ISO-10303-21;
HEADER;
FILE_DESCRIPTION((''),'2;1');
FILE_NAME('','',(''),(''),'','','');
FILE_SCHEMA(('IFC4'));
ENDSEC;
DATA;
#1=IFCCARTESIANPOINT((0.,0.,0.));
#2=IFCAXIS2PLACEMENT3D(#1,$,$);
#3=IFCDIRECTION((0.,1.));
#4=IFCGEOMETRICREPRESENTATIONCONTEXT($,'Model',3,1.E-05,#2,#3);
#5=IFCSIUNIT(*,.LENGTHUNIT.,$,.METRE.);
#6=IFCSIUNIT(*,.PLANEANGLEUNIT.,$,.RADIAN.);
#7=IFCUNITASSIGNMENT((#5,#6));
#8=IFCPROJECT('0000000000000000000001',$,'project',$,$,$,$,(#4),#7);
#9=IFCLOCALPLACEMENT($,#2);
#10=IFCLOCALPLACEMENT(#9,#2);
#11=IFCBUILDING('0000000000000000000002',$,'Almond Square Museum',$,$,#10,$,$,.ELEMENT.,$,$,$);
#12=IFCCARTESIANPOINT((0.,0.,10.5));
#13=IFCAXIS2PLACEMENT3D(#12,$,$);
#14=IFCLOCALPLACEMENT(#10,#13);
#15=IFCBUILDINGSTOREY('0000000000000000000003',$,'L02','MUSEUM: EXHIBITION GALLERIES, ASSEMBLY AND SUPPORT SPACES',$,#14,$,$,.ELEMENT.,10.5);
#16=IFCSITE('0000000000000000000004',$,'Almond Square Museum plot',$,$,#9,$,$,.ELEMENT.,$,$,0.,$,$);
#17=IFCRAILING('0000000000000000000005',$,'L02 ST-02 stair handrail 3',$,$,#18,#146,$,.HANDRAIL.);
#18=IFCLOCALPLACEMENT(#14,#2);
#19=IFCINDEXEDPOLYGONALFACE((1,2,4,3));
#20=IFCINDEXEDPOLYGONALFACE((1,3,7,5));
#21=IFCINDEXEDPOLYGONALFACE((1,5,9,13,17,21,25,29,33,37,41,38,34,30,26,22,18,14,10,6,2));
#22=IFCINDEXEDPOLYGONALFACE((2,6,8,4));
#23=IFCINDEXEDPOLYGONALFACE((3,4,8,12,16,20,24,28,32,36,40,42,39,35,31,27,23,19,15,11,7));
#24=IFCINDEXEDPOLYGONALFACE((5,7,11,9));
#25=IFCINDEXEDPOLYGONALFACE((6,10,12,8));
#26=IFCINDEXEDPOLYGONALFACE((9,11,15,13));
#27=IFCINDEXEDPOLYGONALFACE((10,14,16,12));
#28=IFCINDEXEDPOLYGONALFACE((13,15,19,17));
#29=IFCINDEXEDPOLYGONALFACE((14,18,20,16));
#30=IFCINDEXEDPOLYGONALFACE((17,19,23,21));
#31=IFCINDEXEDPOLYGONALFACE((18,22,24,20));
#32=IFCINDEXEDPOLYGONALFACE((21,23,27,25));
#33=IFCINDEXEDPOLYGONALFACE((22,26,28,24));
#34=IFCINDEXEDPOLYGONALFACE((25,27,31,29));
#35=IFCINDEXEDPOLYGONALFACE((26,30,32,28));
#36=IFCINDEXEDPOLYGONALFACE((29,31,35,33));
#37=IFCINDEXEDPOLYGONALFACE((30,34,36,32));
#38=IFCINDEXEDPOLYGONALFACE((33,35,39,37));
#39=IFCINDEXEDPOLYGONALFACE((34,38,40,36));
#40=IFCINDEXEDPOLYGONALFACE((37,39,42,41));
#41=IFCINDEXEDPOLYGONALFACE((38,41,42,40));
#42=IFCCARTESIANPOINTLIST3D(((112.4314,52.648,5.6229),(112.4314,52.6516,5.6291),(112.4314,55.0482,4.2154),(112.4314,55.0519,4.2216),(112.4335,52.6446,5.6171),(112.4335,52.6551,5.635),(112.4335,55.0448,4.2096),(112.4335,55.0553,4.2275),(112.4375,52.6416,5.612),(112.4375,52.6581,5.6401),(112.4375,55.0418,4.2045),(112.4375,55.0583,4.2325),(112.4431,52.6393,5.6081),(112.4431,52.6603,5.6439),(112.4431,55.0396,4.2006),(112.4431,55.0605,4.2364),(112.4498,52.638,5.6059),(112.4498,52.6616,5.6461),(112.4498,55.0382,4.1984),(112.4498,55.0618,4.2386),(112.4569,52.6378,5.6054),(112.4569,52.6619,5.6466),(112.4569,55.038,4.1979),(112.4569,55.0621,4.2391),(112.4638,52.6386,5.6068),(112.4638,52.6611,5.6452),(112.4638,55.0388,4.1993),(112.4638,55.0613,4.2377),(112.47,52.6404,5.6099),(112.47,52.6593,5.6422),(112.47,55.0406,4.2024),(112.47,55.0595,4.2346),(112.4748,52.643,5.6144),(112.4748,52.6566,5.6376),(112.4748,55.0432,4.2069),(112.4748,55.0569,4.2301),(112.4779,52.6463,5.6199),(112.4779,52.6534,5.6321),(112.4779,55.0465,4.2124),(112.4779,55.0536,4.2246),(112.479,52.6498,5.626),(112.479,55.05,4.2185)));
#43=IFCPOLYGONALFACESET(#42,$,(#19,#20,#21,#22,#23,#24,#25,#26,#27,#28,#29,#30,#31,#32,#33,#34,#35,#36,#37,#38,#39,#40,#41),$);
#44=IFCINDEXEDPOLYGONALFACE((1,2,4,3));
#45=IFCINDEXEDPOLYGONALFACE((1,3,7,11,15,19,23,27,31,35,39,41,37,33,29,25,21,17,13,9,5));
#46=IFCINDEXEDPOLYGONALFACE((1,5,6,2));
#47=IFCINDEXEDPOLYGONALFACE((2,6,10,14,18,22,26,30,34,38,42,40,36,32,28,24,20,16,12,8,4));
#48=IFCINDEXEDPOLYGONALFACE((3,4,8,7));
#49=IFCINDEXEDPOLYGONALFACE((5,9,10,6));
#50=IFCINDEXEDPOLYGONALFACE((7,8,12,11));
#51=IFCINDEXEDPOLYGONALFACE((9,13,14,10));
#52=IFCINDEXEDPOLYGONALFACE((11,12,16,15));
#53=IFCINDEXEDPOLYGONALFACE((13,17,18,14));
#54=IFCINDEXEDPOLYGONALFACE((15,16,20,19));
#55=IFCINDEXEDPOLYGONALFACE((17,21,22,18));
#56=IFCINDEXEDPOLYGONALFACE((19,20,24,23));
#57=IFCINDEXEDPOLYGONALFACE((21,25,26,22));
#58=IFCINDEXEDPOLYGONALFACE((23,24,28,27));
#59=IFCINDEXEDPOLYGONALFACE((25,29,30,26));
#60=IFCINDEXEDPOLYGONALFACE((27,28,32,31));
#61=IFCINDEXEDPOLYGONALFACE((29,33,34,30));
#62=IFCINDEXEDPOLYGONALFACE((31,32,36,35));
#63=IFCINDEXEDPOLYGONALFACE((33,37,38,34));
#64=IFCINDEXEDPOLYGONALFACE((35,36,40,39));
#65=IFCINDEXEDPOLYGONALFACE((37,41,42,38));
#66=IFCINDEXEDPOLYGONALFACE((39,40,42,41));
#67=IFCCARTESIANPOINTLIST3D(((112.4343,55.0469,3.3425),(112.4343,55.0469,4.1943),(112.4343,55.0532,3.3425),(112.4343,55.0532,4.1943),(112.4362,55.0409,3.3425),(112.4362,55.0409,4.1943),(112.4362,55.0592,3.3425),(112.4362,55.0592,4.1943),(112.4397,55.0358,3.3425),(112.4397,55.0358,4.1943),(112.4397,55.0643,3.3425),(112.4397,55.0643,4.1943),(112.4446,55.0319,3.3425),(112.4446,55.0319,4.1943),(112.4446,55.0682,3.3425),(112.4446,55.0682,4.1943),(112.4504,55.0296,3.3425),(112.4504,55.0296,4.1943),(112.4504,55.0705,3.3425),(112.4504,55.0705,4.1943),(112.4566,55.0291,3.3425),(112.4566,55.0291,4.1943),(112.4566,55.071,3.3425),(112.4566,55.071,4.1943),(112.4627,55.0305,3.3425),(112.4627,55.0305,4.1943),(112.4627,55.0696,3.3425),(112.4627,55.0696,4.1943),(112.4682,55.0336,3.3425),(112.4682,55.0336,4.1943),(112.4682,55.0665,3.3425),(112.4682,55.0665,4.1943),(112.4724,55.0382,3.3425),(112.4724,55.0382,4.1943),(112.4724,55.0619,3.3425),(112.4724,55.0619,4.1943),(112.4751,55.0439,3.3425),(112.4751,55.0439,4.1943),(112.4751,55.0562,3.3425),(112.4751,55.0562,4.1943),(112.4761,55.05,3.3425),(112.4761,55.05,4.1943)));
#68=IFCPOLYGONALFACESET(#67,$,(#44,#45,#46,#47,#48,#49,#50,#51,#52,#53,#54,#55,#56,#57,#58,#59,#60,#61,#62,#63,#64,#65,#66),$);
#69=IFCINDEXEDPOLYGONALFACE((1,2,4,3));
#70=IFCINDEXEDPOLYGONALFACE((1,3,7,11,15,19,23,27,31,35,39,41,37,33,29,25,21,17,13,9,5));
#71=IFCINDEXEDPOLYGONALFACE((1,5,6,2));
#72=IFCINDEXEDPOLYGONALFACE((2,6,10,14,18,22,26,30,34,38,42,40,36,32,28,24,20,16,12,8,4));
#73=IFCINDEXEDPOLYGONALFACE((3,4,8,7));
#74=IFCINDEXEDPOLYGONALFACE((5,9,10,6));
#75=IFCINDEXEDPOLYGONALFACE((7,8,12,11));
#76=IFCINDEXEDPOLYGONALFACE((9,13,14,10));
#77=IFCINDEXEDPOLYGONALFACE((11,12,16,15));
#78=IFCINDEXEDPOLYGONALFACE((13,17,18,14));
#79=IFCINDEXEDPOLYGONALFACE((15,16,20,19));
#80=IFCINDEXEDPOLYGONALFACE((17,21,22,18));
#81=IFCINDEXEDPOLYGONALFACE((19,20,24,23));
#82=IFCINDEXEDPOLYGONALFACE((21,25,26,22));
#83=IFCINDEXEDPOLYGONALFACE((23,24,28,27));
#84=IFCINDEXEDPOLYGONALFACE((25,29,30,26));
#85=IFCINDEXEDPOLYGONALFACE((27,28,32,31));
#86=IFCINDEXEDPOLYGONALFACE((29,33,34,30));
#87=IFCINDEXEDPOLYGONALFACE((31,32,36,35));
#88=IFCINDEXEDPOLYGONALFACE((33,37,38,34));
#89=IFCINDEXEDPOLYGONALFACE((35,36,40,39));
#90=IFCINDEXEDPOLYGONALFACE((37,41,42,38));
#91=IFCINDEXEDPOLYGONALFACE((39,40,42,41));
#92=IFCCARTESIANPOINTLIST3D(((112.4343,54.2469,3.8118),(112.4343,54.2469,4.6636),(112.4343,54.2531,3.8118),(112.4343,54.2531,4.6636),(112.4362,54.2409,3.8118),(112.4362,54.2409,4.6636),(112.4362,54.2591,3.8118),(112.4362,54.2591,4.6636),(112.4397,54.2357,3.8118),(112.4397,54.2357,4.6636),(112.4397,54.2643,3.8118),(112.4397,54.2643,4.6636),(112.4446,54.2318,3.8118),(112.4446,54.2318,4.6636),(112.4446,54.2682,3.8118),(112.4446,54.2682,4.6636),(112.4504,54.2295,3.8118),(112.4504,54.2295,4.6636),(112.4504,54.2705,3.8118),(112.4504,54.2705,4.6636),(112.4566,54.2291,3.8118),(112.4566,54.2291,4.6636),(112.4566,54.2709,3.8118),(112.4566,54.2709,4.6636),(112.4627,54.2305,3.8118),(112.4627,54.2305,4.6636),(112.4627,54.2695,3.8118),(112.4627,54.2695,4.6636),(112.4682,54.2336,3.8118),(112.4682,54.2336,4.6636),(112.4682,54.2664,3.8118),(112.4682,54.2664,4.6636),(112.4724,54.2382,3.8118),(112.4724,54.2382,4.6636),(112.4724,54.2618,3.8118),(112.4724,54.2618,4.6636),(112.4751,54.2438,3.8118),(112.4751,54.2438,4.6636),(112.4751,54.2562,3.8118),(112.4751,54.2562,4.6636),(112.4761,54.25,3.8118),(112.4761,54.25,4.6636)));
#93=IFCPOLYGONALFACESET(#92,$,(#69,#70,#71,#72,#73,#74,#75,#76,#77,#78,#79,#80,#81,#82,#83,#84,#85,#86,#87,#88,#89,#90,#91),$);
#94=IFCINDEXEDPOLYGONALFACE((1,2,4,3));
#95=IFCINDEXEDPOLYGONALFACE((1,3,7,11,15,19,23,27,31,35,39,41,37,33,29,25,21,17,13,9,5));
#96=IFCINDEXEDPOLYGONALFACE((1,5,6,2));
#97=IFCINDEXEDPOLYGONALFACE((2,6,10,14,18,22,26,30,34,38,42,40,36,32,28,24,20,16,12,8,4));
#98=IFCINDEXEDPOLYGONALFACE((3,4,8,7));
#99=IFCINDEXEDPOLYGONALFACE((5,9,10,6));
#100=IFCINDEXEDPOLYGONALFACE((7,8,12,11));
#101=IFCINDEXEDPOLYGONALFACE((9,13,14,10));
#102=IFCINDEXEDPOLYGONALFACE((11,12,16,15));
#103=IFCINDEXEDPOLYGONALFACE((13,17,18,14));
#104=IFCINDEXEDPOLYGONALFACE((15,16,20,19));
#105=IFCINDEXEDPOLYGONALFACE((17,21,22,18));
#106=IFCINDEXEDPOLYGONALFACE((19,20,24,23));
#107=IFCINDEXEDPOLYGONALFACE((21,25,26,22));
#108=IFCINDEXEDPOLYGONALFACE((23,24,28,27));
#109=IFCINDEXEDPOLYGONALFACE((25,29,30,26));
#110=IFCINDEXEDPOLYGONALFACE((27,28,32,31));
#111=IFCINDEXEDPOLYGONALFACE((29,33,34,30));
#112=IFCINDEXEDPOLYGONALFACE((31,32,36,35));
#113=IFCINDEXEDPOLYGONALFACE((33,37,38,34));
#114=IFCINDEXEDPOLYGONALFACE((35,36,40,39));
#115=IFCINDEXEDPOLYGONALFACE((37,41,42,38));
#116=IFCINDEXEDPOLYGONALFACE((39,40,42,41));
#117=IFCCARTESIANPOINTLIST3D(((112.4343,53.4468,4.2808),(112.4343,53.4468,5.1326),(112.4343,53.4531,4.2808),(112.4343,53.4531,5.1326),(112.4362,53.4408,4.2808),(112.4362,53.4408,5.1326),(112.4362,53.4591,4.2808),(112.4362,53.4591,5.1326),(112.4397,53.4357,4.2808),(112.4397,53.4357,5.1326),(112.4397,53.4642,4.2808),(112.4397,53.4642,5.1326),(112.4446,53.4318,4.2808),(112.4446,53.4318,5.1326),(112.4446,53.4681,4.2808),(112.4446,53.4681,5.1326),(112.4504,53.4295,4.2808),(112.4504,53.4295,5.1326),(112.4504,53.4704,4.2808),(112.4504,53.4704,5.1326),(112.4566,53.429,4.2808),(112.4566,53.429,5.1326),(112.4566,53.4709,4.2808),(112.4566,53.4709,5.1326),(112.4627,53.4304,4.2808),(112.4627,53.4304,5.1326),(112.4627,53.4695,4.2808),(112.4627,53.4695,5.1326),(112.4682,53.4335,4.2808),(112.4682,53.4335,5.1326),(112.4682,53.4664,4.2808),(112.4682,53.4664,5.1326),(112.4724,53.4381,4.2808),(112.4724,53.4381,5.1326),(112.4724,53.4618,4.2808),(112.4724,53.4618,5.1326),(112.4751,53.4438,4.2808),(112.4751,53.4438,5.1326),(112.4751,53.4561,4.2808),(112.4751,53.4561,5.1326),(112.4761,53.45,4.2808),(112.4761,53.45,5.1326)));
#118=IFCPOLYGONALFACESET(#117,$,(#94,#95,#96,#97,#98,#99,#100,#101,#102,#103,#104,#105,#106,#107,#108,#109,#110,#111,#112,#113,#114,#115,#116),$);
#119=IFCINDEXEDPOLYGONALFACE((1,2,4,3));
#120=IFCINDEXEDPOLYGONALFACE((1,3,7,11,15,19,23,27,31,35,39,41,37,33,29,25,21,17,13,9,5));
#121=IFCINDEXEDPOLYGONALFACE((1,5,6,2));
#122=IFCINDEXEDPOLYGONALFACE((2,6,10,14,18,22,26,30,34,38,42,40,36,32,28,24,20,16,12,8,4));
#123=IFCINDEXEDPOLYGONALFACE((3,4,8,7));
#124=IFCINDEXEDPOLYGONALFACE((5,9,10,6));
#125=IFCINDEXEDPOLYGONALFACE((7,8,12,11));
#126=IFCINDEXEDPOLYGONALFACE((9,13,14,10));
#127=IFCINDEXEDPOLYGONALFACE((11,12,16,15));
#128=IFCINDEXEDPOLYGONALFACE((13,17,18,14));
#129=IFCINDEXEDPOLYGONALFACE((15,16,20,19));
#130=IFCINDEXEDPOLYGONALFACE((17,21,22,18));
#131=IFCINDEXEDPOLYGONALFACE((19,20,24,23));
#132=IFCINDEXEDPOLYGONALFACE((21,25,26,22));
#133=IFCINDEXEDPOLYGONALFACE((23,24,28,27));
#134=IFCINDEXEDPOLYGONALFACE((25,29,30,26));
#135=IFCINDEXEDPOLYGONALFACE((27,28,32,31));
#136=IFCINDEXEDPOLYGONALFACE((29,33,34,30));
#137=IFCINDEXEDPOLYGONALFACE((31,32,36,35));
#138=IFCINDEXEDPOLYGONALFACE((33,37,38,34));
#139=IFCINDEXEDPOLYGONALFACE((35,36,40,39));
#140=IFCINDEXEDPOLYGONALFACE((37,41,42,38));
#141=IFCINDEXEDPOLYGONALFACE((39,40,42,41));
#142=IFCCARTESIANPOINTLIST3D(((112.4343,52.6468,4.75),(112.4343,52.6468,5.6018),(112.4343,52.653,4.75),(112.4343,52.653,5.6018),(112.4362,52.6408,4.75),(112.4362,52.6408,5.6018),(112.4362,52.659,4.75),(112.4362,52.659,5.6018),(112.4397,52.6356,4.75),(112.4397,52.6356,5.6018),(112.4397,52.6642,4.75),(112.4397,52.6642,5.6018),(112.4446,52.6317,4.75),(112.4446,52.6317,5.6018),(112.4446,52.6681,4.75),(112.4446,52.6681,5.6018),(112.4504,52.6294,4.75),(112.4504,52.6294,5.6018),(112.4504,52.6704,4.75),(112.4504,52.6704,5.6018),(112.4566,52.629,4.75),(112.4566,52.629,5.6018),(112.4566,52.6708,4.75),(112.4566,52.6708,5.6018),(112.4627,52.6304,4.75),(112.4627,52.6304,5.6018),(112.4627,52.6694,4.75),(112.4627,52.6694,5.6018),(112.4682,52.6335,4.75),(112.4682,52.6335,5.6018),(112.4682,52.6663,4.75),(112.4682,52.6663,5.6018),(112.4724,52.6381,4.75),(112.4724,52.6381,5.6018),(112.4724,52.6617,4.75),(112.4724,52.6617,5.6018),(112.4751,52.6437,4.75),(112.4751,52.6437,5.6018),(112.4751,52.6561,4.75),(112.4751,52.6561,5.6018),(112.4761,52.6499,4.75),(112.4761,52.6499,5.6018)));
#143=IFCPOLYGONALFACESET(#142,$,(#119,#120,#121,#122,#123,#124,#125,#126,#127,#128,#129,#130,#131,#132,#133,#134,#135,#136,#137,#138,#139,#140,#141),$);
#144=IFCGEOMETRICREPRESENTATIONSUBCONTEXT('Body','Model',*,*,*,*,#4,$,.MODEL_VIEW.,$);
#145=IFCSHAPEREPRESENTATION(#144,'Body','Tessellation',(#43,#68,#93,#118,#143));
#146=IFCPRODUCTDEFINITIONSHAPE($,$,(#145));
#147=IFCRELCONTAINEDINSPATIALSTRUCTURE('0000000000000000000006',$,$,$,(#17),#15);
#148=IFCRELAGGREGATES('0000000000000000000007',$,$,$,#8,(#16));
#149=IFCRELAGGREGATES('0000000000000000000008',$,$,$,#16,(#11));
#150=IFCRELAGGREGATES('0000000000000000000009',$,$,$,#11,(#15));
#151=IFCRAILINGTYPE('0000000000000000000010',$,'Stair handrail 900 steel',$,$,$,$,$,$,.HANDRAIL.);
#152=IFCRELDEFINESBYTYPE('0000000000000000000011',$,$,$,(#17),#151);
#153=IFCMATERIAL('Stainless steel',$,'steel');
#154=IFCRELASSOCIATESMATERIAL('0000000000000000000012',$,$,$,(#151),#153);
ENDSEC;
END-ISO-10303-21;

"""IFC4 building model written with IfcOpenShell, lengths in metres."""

from ifc_helpers import new_model, si_unit, direction, frame, origin, origin_2d, place, context, subcontext, project, spatial, circle, extrude, material, type_object, element, save


model = new_model("IFC4")

# Units and contexts
model_context = context("Model", 3, precision=1e-05, world=origin(), true_north=direction((0.0, 1.0)))
body_context = subcontext(model_context, "Body", "Model", "MODEL_VIEW")
ifc_project = project(units=[si_unit("LENGTHUNIT", "METRE"), si_unit("PLANEANGLEUNIT", "RADIAN")], contexts=[model_context])

# Site, building, storey
site_placement = place(None, origin())
site = spatial("IfcSite", under=ifc_project, at=site_placement, Name="Almond Square Museum plot", CompositionType="ELEMENT", RefElevation=0.0)
building_placement = place(site_placement, origin())
building = spatial("IfcBuilding", under=site, at=building_placement, Name="Almond Square Museum", CompositionType="ELEMENT")
storey_placement = place(building_placement, frame((0.0, 0.0, 10.5)))
storey = spatial("IfcBuildingStorey", under=building, at=storey_placement, Name="L02", Description="MUSEUM: EXHIBITION GALLERIES, ASSEMBLY AND SUPPORT SPACES", CompositionType="ELEMENT", Elevation=10.5)

# Railing
ifc_material_1 = material(Name="Stainless steel", Category="steel")
railing_type_1 = type_object("IfcRailingType", Name="Stair handrail 900 steel", PredefinedType="HANDRAIL", material=ifc_material_1)
railing_1_placement = place(storey_placement, frame((112.4551, 55.05, 3.3425)))
element("IfcRailing", 1, at=railing_1_placement, inside=storey, type_object=railing_type_1, Name="L02 ST-02 stair handrail 3", PredefinedType="HANDRAIL", context=body_context, shape_type="SweptSolid", body=[
    extrude(circle(Radius=0.0239, at=origin_2d()), frame((0.0, 0.0, 0.876), z_axis=(0.0, -0.862621, 0.50585), x_axis=(1.0, 0.0, 0.0)), (0.0, 0.0, 1.0), 2.7825),
    extrude(circle(Radius=0.021, at=origin_2d()), origin(), (0.0, 0.0, 1.0), 0.8518),
    extrude(circle(Radius=0.021, at=origin_2d()), frame((0.0, -0.8, 0.4692)), (0.0, 0.0, 1.0), 0.8518),
    extrude(circle(Radius=0.021, at=origin_2d()), frame((0.0, -1.6001, 0.9382)), (0.0, 0.0, 1.0), 0.8518),
    extrude(circle(Radius=0.021, at=origin_2d()), frame((0.0, -2.4001, 1.4075)), (0.0, 0.0, 1.0), 0.8518),
])

save(model, "model.ifc")
